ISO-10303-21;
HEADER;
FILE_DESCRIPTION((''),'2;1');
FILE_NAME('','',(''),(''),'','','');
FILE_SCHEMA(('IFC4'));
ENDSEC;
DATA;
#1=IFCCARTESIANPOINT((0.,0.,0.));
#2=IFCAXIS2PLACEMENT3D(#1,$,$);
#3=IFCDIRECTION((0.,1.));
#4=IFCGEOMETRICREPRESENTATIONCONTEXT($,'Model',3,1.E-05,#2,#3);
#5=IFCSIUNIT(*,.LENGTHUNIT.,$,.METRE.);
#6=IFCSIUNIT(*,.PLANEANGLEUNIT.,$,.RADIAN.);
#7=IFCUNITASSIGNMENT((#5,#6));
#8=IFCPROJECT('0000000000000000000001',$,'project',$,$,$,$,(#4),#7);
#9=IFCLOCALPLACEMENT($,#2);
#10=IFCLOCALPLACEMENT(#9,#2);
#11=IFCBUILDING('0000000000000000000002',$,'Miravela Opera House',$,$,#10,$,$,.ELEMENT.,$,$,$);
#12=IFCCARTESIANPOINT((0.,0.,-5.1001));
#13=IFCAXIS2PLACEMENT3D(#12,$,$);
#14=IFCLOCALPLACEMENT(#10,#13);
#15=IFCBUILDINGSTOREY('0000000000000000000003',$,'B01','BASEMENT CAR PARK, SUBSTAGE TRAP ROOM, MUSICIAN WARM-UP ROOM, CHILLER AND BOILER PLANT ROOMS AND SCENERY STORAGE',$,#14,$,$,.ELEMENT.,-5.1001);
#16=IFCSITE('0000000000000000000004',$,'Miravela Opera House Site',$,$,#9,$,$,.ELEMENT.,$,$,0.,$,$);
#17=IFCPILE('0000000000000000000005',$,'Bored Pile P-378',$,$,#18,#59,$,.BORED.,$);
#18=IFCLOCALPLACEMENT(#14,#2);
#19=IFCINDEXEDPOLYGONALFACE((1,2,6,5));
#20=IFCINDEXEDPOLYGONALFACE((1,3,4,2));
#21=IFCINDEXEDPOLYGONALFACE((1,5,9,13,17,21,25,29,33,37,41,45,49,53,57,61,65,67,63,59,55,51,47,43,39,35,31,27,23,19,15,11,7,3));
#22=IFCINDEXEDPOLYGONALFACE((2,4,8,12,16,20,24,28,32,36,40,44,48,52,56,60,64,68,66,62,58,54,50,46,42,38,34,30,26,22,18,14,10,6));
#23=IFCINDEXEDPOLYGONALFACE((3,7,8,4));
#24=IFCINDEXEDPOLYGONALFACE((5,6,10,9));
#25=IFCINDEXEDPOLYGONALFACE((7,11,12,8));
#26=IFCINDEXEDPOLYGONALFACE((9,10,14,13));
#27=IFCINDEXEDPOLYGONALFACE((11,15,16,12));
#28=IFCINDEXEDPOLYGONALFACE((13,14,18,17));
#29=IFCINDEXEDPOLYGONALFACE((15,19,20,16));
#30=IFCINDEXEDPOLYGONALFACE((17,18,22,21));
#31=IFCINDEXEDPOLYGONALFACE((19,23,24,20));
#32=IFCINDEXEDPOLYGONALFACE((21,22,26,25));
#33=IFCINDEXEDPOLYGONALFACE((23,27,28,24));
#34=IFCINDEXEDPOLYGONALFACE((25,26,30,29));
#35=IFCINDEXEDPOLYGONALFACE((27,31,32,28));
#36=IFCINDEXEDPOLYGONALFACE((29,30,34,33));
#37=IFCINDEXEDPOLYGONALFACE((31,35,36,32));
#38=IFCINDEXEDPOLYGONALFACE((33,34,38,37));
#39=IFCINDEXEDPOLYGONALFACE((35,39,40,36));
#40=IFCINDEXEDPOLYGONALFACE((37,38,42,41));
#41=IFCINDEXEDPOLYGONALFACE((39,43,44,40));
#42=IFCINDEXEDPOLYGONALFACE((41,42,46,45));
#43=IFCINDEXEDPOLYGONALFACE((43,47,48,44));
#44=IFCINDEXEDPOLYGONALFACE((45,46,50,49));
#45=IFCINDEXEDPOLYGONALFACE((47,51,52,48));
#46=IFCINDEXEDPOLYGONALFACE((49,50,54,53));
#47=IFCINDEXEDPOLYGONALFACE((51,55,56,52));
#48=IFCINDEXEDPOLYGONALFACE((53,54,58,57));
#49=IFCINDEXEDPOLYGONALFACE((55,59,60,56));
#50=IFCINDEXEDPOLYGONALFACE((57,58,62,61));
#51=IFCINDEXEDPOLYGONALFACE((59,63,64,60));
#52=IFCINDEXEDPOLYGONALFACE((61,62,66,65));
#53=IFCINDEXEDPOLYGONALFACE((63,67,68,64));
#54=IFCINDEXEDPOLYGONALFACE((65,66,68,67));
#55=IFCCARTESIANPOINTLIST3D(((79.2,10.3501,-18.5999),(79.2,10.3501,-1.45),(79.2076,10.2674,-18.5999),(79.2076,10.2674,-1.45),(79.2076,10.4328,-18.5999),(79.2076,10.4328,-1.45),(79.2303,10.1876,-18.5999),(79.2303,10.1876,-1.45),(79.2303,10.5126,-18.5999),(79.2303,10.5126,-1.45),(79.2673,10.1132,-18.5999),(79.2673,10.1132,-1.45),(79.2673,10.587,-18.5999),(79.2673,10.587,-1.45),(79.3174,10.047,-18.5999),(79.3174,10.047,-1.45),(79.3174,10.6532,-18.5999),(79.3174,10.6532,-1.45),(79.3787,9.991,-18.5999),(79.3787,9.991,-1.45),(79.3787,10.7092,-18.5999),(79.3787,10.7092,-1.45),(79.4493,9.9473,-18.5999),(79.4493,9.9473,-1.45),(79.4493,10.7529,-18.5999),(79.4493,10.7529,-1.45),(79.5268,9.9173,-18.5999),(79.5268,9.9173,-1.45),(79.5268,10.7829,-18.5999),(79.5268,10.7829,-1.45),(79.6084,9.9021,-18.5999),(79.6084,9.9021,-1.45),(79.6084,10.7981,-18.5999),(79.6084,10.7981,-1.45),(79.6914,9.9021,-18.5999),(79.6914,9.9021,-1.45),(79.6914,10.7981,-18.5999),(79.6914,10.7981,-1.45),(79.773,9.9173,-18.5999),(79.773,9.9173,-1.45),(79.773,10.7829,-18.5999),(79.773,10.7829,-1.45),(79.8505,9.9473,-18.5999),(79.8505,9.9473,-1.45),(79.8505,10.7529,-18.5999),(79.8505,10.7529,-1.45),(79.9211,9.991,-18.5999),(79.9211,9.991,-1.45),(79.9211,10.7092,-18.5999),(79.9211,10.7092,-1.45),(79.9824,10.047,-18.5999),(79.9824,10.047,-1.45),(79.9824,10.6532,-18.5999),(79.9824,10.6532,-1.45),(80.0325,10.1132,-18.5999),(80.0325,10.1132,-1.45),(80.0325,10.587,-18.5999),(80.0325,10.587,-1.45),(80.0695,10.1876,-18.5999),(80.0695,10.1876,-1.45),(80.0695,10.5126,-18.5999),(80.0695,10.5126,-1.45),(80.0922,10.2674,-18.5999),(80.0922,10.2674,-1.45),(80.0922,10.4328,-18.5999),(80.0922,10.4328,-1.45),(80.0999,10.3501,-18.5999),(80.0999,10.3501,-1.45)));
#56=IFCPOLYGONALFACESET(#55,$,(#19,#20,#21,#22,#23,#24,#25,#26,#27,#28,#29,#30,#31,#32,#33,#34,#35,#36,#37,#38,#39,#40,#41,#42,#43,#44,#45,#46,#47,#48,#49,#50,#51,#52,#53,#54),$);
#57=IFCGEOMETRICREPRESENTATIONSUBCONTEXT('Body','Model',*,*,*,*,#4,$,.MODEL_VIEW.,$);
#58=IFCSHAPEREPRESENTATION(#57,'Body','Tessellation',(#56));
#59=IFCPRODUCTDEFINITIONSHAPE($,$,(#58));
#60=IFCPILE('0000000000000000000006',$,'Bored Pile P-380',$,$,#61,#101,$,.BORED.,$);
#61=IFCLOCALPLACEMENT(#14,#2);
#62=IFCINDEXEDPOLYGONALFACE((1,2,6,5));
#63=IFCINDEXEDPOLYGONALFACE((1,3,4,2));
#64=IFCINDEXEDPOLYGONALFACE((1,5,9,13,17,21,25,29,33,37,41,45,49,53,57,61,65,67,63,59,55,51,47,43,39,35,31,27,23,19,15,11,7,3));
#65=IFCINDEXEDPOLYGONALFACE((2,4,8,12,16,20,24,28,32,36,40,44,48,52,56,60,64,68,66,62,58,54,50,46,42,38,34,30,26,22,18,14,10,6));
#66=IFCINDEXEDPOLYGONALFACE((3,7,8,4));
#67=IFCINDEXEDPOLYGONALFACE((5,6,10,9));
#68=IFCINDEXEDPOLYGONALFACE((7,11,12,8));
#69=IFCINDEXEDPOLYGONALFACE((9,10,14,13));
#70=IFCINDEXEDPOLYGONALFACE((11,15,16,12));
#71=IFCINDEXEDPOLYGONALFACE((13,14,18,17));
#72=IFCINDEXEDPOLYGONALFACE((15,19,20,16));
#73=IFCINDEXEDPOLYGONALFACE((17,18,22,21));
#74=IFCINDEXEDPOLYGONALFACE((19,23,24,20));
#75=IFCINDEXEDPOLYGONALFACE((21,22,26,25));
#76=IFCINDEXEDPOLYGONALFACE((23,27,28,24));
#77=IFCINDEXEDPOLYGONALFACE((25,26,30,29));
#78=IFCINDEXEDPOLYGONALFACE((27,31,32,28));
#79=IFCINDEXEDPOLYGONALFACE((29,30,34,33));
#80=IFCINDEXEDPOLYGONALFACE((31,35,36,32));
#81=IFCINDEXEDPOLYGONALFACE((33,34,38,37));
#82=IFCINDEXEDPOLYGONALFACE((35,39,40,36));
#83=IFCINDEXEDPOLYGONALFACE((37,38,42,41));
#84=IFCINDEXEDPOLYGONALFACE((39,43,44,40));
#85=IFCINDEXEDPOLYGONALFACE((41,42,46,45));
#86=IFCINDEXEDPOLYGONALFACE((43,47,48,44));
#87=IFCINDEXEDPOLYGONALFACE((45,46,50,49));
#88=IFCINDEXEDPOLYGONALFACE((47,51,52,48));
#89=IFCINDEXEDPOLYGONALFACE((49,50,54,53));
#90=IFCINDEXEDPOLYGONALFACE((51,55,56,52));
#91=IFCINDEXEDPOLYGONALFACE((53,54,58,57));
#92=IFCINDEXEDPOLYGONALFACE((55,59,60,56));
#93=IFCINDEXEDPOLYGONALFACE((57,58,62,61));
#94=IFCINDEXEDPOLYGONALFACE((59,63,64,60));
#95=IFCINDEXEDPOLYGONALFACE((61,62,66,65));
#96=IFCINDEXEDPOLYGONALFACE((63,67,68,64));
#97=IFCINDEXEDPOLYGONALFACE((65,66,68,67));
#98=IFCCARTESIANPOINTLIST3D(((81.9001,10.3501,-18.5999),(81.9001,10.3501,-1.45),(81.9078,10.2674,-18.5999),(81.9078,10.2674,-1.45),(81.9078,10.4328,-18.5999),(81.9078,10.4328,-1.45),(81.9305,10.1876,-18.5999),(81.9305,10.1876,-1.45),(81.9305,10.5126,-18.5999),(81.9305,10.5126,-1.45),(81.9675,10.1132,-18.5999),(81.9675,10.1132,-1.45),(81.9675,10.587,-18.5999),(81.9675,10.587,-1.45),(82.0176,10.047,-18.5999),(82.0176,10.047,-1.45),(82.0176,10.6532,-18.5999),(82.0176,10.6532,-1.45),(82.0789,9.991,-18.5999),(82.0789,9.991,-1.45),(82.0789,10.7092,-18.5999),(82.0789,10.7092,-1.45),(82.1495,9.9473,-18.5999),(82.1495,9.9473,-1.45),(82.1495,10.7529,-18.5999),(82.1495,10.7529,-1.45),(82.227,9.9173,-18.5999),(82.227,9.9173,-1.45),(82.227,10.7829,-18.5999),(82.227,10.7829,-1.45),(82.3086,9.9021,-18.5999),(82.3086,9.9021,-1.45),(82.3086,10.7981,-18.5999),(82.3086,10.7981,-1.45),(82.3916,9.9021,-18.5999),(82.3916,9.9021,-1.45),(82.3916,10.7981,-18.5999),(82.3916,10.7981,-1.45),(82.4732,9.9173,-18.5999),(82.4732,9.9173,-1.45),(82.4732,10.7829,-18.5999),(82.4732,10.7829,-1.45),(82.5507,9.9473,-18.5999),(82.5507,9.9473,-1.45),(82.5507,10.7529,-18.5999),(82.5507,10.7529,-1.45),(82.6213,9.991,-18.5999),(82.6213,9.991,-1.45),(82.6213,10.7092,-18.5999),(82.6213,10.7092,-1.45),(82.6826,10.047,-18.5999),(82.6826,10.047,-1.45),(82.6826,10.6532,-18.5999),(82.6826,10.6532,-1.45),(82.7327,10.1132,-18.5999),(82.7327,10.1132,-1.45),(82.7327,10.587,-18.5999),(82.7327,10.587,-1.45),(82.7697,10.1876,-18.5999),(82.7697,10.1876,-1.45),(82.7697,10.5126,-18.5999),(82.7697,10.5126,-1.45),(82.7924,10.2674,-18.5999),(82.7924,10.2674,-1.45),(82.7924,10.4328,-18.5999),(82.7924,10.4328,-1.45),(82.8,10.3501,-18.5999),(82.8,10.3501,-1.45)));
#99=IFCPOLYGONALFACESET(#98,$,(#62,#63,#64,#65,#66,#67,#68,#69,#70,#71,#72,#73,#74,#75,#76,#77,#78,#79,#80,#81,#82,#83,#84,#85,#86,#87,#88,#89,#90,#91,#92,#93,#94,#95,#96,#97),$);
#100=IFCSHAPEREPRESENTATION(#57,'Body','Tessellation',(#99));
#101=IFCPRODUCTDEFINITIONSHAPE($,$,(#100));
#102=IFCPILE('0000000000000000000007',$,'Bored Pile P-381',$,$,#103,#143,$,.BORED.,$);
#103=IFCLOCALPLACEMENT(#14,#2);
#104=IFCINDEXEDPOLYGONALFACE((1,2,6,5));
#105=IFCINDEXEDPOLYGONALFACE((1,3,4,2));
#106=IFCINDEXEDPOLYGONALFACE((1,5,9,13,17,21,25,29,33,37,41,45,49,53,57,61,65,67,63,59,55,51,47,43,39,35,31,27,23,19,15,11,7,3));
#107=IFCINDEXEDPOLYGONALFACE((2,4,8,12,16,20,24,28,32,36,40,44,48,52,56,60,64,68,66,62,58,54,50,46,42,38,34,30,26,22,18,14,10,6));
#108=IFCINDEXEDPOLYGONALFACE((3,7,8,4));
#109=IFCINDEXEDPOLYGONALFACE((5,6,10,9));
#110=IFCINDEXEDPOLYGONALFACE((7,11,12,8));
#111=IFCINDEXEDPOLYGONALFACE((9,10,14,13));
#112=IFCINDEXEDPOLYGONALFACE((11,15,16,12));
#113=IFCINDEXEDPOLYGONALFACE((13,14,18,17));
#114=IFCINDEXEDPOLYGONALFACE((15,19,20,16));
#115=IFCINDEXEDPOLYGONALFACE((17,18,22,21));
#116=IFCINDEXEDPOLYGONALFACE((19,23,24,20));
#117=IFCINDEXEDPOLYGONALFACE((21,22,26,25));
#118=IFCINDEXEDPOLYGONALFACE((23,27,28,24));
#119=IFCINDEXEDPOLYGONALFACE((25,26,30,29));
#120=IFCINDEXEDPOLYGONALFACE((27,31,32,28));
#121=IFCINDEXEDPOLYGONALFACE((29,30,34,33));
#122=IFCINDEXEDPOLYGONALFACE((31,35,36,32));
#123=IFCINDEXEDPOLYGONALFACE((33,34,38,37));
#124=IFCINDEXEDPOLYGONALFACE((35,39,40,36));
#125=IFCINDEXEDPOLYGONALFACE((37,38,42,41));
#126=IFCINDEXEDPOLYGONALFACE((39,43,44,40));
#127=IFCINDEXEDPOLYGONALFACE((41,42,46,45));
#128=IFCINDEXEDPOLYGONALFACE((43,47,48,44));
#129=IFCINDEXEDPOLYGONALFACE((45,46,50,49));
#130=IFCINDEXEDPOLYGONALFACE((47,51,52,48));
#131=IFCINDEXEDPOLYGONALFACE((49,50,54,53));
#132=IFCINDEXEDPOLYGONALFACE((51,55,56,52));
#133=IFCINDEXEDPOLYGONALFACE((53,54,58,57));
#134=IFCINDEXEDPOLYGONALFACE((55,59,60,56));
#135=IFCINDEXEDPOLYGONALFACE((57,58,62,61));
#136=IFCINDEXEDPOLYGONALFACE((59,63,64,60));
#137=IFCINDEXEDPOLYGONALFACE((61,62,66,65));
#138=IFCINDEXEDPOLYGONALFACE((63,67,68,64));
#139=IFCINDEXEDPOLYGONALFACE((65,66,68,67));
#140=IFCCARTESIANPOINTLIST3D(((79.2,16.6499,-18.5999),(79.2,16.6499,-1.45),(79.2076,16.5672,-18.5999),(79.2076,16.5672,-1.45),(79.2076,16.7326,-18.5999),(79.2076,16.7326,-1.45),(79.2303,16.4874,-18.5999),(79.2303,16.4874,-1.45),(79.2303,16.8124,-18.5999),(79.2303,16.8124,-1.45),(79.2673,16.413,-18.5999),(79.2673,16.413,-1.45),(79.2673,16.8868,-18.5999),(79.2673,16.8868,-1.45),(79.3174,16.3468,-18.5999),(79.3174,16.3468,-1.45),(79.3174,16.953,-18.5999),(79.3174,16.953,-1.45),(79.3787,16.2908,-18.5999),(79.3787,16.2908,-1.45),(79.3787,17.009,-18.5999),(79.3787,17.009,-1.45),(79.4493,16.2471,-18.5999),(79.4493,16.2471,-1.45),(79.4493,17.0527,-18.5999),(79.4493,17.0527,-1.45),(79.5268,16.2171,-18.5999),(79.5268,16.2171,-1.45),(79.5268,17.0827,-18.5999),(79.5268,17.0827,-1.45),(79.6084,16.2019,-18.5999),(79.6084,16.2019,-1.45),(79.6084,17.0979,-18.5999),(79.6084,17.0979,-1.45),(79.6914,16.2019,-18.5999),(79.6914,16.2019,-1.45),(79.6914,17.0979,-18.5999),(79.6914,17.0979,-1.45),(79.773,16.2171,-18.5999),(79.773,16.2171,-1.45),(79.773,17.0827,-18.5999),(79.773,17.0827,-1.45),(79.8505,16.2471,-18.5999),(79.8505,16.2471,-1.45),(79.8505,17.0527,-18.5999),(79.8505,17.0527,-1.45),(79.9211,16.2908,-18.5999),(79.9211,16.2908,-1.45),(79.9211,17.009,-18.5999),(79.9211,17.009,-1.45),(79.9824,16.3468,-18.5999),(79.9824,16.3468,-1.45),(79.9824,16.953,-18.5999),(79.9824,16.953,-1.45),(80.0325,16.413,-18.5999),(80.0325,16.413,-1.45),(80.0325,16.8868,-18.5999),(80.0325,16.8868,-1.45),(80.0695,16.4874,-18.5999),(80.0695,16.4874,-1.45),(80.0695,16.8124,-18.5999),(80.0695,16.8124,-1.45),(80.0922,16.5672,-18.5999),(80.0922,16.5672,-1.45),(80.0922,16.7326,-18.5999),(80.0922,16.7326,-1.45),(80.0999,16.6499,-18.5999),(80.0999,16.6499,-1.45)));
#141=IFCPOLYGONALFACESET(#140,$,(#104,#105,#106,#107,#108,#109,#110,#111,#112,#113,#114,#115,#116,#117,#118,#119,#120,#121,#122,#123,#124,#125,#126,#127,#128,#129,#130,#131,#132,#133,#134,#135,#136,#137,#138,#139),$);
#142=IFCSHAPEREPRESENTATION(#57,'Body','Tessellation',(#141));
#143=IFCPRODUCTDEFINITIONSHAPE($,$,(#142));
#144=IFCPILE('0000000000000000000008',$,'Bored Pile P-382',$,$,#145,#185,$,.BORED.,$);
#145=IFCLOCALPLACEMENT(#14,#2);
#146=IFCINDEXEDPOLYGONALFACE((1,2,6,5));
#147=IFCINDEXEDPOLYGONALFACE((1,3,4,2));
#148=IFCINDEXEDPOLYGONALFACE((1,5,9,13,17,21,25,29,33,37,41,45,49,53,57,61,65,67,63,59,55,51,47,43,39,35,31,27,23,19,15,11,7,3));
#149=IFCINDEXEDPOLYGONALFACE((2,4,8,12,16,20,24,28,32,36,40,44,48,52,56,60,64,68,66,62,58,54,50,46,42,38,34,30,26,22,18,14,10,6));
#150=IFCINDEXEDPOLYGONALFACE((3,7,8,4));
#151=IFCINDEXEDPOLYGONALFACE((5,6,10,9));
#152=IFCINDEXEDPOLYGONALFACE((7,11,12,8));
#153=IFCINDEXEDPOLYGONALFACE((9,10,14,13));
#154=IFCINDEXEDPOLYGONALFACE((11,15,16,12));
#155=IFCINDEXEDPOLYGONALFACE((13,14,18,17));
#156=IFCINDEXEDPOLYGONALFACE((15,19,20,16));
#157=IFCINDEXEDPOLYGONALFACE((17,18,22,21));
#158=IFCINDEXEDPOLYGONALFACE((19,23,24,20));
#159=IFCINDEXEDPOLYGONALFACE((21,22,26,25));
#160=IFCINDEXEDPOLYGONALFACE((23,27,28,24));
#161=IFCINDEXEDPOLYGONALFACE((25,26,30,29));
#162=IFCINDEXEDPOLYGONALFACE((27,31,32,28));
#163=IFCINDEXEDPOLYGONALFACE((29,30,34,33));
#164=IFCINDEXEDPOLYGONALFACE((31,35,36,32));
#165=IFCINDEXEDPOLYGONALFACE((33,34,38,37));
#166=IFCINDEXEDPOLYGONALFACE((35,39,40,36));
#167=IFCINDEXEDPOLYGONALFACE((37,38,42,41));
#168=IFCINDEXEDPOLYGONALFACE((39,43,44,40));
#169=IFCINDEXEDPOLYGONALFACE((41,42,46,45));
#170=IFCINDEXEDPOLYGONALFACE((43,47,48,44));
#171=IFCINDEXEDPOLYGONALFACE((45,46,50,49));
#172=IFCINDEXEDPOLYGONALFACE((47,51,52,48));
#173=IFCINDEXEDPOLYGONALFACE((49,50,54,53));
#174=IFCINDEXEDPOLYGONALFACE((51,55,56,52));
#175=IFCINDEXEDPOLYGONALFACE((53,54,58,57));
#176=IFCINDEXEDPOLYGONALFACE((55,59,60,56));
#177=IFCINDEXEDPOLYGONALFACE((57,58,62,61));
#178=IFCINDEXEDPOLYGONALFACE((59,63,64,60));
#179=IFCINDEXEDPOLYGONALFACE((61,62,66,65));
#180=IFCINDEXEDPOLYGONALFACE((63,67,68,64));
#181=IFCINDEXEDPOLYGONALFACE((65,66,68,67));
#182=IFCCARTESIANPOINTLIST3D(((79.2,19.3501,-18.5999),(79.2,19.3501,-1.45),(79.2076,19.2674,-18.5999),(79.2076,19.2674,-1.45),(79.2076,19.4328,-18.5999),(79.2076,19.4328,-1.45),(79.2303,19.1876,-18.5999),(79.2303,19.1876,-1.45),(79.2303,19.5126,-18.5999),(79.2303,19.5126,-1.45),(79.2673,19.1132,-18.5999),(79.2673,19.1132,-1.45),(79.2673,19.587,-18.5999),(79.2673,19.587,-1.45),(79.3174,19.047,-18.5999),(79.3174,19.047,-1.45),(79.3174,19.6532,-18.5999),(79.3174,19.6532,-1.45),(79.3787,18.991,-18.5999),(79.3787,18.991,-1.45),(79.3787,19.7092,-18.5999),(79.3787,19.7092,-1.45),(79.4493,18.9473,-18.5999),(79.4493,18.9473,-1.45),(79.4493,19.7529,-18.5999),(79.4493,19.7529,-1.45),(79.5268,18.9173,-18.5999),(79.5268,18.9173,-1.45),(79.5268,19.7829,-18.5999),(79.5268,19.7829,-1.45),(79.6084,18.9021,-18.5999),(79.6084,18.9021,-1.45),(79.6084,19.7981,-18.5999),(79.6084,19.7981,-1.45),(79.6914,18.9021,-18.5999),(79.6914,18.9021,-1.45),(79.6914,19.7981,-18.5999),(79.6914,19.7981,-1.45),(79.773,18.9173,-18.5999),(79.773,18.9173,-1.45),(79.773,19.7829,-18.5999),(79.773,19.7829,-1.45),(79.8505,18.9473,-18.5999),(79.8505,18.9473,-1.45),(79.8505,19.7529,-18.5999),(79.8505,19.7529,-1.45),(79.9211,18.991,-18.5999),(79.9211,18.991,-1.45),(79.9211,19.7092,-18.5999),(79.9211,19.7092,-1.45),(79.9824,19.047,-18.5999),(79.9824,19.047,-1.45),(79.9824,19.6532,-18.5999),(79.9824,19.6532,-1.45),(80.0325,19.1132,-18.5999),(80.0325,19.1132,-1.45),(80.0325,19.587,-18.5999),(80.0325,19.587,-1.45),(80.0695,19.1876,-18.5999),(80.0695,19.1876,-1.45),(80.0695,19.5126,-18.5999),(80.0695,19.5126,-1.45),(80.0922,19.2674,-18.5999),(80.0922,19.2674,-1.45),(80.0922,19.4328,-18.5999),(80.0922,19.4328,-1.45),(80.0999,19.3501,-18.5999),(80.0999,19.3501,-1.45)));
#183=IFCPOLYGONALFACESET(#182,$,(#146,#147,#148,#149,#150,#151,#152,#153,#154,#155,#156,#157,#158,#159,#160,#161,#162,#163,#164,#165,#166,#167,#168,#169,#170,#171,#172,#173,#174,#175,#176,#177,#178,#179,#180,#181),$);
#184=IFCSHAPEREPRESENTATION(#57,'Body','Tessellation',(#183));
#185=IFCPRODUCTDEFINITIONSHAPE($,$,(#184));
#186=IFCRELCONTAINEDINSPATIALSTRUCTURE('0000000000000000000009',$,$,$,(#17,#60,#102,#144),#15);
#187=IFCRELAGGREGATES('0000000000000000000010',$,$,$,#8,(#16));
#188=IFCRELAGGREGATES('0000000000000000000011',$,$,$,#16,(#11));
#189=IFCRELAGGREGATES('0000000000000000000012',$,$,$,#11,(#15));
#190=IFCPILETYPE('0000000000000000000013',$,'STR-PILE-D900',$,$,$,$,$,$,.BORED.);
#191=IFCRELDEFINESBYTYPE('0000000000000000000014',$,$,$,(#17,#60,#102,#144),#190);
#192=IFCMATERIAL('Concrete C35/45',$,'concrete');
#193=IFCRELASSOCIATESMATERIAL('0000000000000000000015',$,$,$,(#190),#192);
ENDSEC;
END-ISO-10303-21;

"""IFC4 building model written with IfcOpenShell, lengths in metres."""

from ifc_helpers import new_model, si_unit, direction, frame, origin, origin_2d, place, context, subcontext, project, spatial, circle, extrude, material, material_profile, profile_set, type_object, element, save


model = new_model("IFC4")

# Units and contexts
model_context = context("Model", 3, precision=1e-05, world=origin(), true_north=direction((0.0, 1.0)))
body_context = subcontext(model_context, "Body", "Model", "MODEL_VIEW")
ifc_project = project(units=[si_unit("LENGTHUNIT", "METRE"), si_unit("PLANEANGLEUNIT", "RADIAN")], contexts=[model_context])

# Site, building, storey
site_placement = place(None, origin())
site = spatial("IfcSite", under=ifc_project, at=site_placement, Name="Miravela Opera House Site", CompositionType="ELEMENT", RefElevation=0.0)
building_placement = place(site_placement, origin())
building = spatial("IfcBuilding", under=site, at=building_placement, Name="Miravela Opera House", CompositionType="ELEMENT")
storey_placement = place(building_placement, frame((0.0, 0.0, -5.1001)))
storey = spatial("IfcBuildingStorey", under=building, at=storey_placement, Name="B01", Description="BASEMENT CAR PARK, SUBSTAGE TRAP ROOM, MUSICIAN WARM-UP ROOM, CHILLER AND BOILER PLANT ROOMS AND SCENERY STORAGE", CompositionType="ELEMENT", Elevation=-5.1001)

# Shared definitions
ifc_material_1 = material(Name="Concrete C35/45", Category="concrete")

# Piles
ifc_material_profile_1 = material_profile(ifc_material_1, circle(Radius=0.45, at=origin_2d()), Name="PILE-D900")
ifc_profile_set_1 = profile_set([ifc_material_profile_1])
pile_type = type_object("IfcPileType", Name="STR-PILE-D900", PredefinedType="BORED", material=ifc_profile_set_1)
for number, where, z_axis, x_axis, name in (
    (1, (79.6499, 10.3501, -1.45), (0.0, 0.0, -1.0), (1.0, 0.0, 0.0), "Bored Pile P-378"),
    (2, (82.3501, 10.3501, -1.45), (0.0, 0.0, -1.0), (1.0, 0.0, 0.0), "Bored Pile P-380"),
    (3, (79.6499, 16.6499, -1.45), (0.0, 0.0, -1.0), (1.0, 0.0, 0.0), "Bored Pile P-381"),
    (4, (79.6499, 19.3501, -1.45), (0.0, 0.0, -1.0), (1.0, 0.0, 0.0), "Bored Pile P-382"),
):
    element("IfcPile", number, at=place(storey_placement, frame(where, z_axis=z_axis, x_axis=x_axis)), inside=storey, type_object=pile_type, Name=name, PredefinedType="BORED", context=body_context, shape_type="SweptSolid", body=[
        extrude(circle(Radius=0.45, at=origin_2d()), origin(), (0.0, 0.0, 1.0), 17.1499),
    ])

save(model, "model.ifc")
